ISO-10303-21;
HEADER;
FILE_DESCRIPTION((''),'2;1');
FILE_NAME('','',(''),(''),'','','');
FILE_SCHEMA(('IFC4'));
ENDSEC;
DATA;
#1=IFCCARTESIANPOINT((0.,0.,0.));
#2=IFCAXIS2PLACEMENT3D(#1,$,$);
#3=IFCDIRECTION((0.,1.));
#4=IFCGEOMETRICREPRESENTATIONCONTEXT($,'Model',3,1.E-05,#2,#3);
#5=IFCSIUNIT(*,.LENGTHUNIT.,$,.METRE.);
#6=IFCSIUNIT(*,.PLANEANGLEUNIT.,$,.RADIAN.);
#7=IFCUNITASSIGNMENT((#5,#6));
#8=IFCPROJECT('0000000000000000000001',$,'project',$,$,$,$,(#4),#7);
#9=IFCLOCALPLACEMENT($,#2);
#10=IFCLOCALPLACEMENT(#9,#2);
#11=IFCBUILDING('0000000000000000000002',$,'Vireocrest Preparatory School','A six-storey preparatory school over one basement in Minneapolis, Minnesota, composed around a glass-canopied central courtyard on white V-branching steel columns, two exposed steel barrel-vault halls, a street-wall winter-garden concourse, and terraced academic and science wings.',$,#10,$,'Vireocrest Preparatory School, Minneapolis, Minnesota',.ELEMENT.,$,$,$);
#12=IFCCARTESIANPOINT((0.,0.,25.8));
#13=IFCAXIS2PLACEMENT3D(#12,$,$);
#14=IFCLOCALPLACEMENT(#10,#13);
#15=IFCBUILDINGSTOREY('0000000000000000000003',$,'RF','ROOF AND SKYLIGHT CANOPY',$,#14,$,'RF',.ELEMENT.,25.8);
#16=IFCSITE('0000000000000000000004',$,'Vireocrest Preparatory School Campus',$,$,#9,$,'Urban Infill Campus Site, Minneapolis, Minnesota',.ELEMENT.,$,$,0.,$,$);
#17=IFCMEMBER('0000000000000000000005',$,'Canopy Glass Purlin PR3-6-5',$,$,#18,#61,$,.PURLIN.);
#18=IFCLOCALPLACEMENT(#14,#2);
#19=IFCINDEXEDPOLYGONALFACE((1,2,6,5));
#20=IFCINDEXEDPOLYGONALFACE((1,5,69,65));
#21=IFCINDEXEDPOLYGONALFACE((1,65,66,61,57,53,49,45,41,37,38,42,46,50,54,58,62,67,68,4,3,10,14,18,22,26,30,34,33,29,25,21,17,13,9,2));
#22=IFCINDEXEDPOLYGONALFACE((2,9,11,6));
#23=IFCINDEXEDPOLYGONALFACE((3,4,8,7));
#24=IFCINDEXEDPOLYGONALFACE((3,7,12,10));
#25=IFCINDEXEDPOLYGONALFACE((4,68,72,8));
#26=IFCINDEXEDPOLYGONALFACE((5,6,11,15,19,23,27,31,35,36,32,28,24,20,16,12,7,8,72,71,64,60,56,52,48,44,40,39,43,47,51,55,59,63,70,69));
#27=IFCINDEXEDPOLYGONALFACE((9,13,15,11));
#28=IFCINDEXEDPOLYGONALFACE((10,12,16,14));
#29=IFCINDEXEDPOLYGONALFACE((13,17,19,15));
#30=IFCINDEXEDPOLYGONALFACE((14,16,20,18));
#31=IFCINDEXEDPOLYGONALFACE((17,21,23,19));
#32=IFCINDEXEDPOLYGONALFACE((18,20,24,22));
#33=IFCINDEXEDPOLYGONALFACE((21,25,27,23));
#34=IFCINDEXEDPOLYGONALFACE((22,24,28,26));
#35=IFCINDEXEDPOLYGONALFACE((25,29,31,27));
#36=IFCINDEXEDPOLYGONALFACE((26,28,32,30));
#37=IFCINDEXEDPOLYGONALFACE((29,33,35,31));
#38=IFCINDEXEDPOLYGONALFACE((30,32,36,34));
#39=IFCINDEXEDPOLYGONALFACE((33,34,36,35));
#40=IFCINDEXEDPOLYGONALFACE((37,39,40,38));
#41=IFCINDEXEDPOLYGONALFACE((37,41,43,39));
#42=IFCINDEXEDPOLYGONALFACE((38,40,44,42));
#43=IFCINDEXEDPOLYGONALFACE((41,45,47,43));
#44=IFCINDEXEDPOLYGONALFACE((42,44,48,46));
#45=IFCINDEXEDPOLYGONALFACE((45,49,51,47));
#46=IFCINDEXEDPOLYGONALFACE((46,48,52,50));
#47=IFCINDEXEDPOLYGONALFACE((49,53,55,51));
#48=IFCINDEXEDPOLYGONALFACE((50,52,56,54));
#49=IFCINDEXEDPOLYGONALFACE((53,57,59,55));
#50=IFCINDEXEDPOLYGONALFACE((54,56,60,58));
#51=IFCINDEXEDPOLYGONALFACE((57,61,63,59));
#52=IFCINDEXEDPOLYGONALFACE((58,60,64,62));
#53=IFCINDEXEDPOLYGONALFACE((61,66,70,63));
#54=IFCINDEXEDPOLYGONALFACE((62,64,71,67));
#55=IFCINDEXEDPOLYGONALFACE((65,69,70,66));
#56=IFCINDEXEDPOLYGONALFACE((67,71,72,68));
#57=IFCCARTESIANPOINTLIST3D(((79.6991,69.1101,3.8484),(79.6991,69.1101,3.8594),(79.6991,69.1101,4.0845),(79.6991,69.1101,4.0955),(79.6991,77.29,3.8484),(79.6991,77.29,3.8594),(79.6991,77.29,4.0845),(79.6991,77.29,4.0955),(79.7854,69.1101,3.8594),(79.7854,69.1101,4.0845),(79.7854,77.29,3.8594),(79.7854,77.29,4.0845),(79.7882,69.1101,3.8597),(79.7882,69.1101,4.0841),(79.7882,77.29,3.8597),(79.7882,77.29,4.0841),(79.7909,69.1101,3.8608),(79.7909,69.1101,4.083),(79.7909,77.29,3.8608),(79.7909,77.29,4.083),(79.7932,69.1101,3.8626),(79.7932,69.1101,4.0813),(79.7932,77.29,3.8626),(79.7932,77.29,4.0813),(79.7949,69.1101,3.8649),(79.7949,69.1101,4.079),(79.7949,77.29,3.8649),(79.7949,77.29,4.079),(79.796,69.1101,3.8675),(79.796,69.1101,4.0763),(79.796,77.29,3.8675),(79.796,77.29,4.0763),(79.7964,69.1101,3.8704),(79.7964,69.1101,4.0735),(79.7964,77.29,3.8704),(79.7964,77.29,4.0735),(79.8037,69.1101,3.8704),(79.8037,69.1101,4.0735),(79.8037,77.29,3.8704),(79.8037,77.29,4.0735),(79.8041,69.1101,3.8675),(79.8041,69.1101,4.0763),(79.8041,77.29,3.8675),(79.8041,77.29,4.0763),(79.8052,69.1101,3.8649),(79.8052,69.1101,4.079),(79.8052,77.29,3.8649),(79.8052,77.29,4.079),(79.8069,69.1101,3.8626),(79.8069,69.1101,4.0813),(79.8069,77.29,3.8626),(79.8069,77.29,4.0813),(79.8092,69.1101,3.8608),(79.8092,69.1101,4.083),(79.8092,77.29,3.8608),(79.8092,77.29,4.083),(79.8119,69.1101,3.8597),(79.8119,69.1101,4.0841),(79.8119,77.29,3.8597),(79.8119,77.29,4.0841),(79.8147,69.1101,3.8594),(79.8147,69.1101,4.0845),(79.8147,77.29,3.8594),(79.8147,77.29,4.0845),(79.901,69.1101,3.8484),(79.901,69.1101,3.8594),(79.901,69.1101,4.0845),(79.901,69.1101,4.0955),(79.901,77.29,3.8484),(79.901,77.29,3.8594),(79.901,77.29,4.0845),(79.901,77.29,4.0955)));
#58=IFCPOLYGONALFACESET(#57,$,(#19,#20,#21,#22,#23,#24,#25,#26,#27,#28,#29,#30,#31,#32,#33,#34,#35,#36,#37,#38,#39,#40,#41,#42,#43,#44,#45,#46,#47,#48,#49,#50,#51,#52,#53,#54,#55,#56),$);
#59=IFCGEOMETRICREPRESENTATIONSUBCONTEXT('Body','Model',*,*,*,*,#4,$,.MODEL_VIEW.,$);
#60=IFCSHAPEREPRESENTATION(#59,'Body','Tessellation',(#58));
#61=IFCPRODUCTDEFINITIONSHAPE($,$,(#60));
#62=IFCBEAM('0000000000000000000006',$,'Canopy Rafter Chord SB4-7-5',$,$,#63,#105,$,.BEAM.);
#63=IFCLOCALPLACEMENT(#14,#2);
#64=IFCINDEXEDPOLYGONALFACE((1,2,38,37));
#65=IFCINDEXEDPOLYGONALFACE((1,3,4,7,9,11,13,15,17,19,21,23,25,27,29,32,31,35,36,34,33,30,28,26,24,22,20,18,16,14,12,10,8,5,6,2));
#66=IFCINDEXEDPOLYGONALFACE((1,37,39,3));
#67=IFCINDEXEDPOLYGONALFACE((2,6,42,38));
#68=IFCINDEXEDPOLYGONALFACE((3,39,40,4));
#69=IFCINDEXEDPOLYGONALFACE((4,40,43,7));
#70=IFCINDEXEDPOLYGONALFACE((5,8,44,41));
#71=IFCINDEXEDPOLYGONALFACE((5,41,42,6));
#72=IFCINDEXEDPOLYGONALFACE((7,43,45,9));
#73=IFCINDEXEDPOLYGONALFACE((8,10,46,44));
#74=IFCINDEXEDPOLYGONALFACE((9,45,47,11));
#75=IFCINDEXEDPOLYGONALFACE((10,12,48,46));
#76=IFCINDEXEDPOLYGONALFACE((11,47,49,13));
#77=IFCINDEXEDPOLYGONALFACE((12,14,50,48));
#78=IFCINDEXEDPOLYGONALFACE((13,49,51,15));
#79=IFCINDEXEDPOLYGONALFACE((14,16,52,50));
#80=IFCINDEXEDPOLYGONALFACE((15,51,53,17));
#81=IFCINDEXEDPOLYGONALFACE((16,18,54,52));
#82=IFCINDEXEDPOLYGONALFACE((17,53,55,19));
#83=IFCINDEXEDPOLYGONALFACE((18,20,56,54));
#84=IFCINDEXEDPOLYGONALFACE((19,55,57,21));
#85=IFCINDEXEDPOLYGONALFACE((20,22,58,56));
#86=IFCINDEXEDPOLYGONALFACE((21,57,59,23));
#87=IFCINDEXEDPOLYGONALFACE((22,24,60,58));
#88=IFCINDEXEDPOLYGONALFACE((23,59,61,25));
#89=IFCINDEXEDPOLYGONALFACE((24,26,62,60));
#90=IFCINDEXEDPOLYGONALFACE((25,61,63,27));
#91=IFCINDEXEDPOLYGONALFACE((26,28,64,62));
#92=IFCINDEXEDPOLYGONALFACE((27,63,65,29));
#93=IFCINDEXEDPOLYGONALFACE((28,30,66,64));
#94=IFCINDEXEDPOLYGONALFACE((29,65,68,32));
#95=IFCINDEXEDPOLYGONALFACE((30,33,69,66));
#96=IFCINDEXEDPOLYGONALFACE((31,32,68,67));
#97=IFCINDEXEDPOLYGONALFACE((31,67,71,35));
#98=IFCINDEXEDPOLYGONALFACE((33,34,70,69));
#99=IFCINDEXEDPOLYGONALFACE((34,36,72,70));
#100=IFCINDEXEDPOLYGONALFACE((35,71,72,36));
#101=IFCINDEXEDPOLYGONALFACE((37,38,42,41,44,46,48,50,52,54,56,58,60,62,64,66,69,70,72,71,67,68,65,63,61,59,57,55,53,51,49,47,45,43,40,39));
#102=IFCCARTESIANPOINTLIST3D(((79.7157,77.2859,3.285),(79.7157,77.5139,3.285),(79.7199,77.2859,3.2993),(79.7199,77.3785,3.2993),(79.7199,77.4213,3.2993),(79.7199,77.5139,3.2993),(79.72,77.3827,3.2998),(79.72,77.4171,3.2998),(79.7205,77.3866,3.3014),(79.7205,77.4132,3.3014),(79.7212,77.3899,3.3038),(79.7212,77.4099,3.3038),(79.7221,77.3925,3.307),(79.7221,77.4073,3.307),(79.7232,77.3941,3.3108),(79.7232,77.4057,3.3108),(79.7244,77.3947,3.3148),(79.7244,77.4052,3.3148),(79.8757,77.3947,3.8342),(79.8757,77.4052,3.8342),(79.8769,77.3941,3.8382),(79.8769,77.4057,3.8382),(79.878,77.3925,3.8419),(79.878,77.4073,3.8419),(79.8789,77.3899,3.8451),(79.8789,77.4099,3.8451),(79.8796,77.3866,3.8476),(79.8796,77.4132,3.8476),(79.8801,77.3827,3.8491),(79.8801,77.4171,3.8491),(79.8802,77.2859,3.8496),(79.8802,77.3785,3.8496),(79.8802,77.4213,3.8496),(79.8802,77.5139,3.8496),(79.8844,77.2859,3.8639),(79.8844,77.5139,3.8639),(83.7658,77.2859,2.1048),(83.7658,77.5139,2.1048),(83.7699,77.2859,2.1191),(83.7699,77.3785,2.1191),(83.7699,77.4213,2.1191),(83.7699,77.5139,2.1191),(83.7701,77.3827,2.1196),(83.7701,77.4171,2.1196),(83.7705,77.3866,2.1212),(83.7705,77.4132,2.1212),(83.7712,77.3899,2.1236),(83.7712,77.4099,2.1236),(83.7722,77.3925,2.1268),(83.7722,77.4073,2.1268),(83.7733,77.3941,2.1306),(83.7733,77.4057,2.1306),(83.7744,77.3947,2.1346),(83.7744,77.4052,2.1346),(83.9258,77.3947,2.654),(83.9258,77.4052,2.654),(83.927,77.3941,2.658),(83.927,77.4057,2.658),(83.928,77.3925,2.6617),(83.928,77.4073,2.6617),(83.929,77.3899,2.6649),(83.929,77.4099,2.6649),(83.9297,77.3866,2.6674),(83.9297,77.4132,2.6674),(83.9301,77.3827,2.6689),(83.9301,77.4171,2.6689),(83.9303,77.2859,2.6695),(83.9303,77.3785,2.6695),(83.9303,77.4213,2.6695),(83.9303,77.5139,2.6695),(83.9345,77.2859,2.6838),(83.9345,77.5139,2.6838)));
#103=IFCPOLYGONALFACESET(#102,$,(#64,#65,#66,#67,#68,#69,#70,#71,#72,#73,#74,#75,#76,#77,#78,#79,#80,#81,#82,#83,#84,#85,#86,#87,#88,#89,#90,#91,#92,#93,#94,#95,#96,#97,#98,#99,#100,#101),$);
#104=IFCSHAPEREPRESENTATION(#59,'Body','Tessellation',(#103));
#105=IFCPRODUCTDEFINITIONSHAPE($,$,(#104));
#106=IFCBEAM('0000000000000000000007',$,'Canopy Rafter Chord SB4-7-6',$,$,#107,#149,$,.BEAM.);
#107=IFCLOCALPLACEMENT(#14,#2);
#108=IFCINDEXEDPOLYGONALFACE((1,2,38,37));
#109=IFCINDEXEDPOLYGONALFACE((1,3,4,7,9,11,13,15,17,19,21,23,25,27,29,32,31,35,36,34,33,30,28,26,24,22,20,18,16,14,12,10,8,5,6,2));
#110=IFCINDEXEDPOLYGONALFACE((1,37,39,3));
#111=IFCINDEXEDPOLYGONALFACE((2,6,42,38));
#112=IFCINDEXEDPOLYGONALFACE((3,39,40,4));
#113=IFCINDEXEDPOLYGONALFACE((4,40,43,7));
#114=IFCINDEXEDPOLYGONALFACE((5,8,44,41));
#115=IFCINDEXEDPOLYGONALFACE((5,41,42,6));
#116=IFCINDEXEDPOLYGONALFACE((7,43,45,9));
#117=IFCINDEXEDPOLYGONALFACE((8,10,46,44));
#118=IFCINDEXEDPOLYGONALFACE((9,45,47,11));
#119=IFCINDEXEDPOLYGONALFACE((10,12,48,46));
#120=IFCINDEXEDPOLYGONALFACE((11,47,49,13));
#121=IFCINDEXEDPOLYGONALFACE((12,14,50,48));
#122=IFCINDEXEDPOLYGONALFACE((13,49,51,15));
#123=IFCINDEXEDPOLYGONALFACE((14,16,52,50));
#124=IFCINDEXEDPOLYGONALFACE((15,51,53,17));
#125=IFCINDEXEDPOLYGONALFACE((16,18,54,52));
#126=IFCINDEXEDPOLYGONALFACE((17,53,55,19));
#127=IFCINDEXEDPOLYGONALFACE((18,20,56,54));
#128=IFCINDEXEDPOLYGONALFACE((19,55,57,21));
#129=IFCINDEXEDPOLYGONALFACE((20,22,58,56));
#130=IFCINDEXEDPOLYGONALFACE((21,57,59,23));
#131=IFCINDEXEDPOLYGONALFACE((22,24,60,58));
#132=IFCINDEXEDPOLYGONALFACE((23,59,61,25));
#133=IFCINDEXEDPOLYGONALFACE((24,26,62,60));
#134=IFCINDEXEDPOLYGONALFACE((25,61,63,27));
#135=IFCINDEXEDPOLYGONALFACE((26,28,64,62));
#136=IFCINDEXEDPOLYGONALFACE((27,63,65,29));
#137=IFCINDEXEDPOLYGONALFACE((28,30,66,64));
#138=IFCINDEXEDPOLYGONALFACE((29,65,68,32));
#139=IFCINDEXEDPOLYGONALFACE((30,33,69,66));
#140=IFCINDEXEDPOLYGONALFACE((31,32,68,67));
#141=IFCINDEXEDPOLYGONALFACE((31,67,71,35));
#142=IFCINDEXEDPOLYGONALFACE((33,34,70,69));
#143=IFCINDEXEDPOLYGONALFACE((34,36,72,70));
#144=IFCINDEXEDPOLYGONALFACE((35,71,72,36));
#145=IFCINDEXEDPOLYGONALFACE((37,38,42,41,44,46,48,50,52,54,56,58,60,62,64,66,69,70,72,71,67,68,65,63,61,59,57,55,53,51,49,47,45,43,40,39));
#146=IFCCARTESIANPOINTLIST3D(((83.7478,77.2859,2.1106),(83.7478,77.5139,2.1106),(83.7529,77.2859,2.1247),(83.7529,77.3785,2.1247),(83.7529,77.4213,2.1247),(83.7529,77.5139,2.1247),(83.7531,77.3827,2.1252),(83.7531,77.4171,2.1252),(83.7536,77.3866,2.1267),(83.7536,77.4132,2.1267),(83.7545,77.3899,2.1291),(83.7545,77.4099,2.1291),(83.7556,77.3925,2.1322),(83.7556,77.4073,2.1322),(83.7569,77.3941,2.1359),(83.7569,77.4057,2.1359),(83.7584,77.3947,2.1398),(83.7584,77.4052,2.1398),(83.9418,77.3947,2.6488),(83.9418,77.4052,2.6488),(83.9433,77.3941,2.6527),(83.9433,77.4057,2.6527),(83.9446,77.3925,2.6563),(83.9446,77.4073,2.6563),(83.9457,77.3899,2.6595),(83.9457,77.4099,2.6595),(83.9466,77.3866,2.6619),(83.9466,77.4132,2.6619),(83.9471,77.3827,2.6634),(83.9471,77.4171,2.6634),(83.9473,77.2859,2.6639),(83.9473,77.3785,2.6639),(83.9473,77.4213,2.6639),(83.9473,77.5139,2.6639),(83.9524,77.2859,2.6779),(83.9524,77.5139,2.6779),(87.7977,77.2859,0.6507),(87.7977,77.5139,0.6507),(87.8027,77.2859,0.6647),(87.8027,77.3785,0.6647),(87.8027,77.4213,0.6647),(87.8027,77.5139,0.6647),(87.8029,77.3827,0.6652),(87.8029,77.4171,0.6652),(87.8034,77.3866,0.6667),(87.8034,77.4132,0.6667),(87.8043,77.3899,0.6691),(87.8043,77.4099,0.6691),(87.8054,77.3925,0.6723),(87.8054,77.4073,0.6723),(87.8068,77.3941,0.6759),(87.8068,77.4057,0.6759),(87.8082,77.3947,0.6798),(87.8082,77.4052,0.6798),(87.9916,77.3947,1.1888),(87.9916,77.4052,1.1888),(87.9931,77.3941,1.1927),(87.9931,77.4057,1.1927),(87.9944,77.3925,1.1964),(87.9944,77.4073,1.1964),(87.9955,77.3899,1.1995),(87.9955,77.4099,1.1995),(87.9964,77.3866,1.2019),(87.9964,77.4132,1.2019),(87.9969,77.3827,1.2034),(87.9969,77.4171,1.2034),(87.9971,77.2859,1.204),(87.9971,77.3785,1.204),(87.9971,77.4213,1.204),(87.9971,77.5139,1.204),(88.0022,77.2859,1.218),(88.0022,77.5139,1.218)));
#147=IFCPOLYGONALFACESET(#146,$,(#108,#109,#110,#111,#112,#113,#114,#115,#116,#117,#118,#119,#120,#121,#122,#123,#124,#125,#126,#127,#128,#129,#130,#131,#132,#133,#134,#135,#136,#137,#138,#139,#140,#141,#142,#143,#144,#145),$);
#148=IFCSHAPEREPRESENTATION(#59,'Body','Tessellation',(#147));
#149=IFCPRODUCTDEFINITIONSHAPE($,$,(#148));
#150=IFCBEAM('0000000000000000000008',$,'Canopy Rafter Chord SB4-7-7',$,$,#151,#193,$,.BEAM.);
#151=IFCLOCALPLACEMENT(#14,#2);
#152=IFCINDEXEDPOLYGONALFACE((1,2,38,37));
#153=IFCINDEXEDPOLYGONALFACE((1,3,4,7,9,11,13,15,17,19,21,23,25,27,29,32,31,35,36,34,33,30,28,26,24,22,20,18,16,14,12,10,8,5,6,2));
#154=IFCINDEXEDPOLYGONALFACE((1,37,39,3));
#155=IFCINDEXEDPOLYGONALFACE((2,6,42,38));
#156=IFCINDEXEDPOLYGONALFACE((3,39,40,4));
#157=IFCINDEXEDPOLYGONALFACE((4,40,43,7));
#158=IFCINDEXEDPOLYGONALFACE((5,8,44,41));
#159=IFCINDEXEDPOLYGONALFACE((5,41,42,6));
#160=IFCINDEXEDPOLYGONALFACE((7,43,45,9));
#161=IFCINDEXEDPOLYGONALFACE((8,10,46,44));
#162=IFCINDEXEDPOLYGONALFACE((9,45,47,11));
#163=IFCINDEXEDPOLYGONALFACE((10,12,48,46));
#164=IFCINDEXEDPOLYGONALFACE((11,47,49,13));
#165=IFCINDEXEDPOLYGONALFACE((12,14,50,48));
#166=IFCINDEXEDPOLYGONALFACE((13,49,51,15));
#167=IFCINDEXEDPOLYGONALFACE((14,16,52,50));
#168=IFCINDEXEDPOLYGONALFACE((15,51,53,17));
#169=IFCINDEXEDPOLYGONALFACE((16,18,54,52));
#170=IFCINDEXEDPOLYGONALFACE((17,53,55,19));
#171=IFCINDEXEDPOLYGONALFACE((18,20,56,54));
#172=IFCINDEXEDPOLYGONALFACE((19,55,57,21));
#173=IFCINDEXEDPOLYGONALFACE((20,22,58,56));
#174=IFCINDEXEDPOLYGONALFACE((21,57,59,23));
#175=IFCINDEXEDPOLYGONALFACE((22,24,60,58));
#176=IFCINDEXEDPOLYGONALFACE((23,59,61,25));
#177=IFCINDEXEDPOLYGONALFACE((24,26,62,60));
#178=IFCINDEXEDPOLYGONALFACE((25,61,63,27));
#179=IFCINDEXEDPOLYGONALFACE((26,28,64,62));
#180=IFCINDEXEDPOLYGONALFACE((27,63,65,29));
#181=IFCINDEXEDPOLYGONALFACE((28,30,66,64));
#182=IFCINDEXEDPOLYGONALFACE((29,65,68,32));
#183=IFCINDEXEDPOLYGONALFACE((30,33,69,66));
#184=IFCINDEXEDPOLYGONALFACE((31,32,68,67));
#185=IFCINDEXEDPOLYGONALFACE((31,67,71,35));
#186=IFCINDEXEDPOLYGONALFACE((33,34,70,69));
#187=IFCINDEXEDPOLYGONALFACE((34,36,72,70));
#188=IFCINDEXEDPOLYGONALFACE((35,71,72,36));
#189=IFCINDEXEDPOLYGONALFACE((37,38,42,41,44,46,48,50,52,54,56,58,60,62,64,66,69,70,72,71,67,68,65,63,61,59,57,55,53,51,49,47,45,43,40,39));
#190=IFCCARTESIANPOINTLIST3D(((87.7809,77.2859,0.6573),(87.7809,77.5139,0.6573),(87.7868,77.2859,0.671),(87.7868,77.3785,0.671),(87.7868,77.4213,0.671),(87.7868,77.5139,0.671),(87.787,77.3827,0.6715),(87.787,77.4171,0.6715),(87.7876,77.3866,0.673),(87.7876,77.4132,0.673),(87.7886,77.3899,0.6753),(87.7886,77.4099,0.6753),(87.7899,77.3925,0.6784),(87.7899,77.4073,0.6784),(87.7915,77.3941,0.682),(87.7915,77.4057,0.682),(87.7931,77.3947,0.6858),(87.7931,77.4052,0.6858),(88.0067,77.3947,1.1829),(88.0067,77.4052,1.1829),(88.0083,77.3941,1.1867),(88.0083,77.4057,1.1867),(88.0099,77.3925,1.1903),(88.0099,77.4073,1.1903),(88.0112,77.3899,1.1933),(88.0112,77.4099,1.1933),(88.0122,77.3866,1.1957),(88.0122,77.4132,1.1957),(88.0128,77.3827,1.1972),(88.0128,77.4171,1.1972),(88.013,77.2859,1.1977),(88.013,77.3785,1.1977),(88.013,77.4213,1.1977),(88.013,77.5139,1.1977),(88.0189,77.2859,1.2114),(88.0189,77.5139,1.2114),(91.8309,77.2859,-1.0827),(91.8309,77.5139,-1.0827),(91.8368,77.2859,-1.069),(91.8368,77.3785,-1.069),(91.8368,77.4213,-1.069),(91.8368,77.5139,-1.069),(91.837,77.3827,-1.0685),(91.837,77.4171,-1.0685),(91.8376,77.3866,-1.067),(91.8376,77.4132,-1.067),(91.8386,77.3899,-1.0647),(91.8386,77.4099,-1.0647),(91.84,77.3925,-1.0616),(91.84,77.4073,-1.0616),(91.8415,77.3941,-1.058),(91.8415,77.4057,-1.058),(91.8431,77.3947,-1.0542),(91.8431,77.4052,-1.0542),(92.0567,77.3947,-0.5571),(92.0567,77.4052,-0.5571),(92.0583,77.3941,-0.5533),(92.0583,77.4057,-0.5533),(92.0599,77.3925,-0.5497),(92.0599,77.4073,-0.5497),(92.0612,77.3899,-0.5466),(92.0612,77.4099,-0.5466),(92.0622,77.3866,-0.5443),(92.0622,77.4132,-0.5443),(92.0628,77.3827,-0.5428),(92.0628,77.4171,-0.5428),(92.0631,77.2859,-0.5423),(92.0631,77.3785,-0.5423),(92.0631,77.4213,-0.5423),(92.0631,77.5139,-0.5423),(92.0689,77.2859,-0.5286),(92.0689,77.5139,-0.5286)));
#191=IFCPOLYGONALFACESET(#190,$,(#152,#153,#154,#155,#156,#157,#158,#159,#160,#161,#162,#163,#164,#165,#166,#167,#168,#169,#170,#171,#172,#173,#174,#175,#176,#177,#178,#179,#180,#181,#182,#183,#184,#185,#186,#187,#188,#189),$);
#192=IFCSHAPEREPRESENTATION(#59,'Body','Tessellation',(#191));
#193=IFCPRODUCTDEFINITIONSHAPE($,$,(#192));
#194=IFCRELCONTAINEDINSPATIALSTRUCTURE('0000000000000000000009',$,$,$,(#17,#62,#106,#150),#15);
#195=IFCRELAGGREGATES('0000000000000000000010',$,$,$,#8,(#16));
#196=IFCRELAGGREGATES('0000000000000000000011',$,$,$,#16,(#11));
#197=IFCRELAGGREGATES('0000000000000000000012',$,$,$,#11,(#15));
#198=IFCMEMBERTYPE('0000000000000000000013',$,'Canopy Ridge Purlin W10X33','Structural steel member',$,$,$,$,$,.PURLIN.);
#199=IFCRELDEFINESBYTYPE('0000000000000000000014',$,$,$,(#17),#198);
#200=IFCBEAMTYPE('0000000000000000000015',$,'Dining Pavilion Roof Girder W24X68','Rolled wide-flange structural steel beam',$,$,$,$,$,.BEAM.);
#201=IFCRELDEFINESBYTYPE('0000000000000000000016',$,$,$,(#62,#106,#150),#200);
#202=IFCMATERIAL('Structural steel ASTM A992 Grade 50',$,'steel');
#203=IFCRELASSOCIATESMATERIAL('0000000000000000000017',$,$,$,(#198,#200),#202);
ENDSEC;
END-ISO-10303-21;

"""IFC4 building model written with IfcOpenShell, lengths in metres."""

from ifc_helpers import new_model, si_unit, direction, frame, origin, origin_2d, place, context, subcontext, project, spatial, i_section, extrude, material, material_profile, profile_set, type_object, element, save


model = new_model("IFC4")

# Units and contexts
model_context = context("Model", 3, precision=1e-05, world=origin(), true_north=direction((0.0, 1.0)))
body_context = subcontext(model_context, "Body", "Model", "MODEL_VIEW")
ifc_project = project(units=[si_unit("LENGTHUNIT", "METRE"), si_unit("PLANEANGLEUNIT", "RADIAN")], contexts=[model_context])

# Site, building, storey
site_placement = place(None, origin())
site = spatial("IfcSite", under=ifc_project, at=site_placement, Name="Vireocrest Preparatory School Campus", LongName="Urban Infill Campus Site, Minneapolis, Minnesota", CompositionType="ELEMENT", RefElevation=0.0)
building_placement = place(site_placement, origin())
building = spatial("IfcBuilding", under=site, at=building_placement, Name="Vireocrest Preparatory School", Description="A six-storey preparatory school over one basement in Minneapolis, Minnesota, composed around a glass-canopied central courtyard on white V-branching steel columns, two exposed steel barrel-vault halls, a street-wall winter-garden concourse, and terraced academic and science wings.", LongName="Vireocrest Preparatory School, Minneapolis, Minnesota", CompositionType="ELEMENT")
storey_placement = place(building_placement, frame((0.0, 0.0, 25.8)))
storey = spatial("IfcBuildingStorey", under=building, at=storey_placement, Name="RF", Description="ROOF AND SKYLIGHT CANOPY", LongName="RF", CompositionType="ELEMENT", Elevation=25.8)

# Member
ifc_material_1 = material(Name="Structural steel ASTM A992 Grade 50", Category="steel")
ifc_material_profile_1 = material_profile(ifc_material_1, i_section(OverallWidth=0.2019, OverallDepth=0.2471, WebThickness=0.0073, FlangeThickness=0.011, FilletRadius=0.011, at=origin_2d()), Name="W10X33")
ifc_profile_set_1 = profile_set([ifc_material_profile_1], Name="Structural steel ASTM A992 Grade 50")
member_type_1 = type_object("IfcMemberType", Name="Canopy Ridge Purlin W10X33", Description="Structural steel member", PredefinedType="PURLIN", material=ifc_profile_set_1)
member_1_placement = place(storey_placement, frame((79.8, 69.1101, 3.9719), z_axis=(0.0, 1.0, 0.0), x_axis=(-1.0, 0.0, 0.0)))
element("IfcMember", 1, at=member_1_placement, inside=storey, type_object=member_type_1, Name="Canopy Glass Purlin PR3-6-5", PredefinedType="PURLIN", context=body_context, shape_type="SweptSolid", body=[
    extrude(i_section(OverallWidth=0.2019, OverallDepth=0.2471, WebThickness=0.0073, FlangeThickness=0.011, FilletRadius=0.011, at=origin_2d()), origin(), (0.0, 0.0, 1.0), 8.1799),
])

# Beams
ifc_material_profile_2 = material_profile(ifc_material_1, i_section(OverallWidth=0.228, OverallDepth=0.603, WebThickness=0.0105, FlangeThickness=0.0149, FilletRadius=0.0161, at=origin_2d()), Name="W24X68")
ifc_profile_set_2 = profile_set([ifc_material_profile_2], Name="Structural steel ASTM A992 Grade 50")
beam_type = type_object("IfcBeamType", Name="Dining Pavilion Roof Girder W24X68", Description="Rolled wide-flange structural steel beam", PredefinedType="BEAM", material=ifc_profile_set_2)
beam_1_placement = place(storey_placement, frame((79.8, 77.3999, 3.5745), z_axis=(0.960069, 0.0, -0.279762), x_axis=(0.0, 1.0, 0.0)))
element("IfcBeam", 2, at=beam_1_placement, inside=storey, type_object=beam_type, Name="Canopy Rafter Chord SB4-7-5", PredefinedType="BEAM", context=body_context, shape_type="SweptSolid", body=[
    extrude(i_section(OverallWidth=0.228, OverallDepth=0.603, WebThickness=0.0105, FlangeThickness=0.0149, FilletRadius=0.0161, at=origin_2d()), origin(), (0.0, 0.0, 1.0), 4.2185),
])
beam_2_placement = place(storey_placement, frame((83.8501, 77.3999, 2.3943), z_axis=(0.940737, 0.0, -0.339137), x_axis=(0.0, 1.0, 0.0)))
element("IfcBeam", 3, at=beam_2_placement, inside=storey, type_object=beam_type, Name="Canopy Rafter Chord SB4-7-6", PredefinedType="BEAM", context=body_context, shape_type="SweptSolid", body=[
    extrude(i_section(OverallWidth=0.228, OverallDepth=0.603, WebThickness=0.0105, FlangeThickness=0.0149, FilletRadius=0.0161, at=origin_2d()), origin(), (0.0, 0.0, 1.0), 4.3049),
])
beam_3_placement = place(storey_placement, frame((87.8999, 77.3999, 0.9343), z_axis=(0.918795, 0.0, -0.394735), x_axis=(0.0, 1.0, 0.0)))
element("IfcBeam", 4, at=beam_3_placement, inside=storey, type_object=beam_type, Name="Canopy Rafter Chord SB4-7-7", PredefinedType="BEAM", context=body_context, shape_type="SweptSolid", body=[
    extrude(i_section(OverallWidth=0.228, OverallDepth=0.603, WebThickness=0.0105, FlangeThickness=0.0149, FilletRadius=0.0161, at=origin_2d()), origin(), (0.0, 0.0, 1.0), 4.408),
])

save(model, "model.ifc")
